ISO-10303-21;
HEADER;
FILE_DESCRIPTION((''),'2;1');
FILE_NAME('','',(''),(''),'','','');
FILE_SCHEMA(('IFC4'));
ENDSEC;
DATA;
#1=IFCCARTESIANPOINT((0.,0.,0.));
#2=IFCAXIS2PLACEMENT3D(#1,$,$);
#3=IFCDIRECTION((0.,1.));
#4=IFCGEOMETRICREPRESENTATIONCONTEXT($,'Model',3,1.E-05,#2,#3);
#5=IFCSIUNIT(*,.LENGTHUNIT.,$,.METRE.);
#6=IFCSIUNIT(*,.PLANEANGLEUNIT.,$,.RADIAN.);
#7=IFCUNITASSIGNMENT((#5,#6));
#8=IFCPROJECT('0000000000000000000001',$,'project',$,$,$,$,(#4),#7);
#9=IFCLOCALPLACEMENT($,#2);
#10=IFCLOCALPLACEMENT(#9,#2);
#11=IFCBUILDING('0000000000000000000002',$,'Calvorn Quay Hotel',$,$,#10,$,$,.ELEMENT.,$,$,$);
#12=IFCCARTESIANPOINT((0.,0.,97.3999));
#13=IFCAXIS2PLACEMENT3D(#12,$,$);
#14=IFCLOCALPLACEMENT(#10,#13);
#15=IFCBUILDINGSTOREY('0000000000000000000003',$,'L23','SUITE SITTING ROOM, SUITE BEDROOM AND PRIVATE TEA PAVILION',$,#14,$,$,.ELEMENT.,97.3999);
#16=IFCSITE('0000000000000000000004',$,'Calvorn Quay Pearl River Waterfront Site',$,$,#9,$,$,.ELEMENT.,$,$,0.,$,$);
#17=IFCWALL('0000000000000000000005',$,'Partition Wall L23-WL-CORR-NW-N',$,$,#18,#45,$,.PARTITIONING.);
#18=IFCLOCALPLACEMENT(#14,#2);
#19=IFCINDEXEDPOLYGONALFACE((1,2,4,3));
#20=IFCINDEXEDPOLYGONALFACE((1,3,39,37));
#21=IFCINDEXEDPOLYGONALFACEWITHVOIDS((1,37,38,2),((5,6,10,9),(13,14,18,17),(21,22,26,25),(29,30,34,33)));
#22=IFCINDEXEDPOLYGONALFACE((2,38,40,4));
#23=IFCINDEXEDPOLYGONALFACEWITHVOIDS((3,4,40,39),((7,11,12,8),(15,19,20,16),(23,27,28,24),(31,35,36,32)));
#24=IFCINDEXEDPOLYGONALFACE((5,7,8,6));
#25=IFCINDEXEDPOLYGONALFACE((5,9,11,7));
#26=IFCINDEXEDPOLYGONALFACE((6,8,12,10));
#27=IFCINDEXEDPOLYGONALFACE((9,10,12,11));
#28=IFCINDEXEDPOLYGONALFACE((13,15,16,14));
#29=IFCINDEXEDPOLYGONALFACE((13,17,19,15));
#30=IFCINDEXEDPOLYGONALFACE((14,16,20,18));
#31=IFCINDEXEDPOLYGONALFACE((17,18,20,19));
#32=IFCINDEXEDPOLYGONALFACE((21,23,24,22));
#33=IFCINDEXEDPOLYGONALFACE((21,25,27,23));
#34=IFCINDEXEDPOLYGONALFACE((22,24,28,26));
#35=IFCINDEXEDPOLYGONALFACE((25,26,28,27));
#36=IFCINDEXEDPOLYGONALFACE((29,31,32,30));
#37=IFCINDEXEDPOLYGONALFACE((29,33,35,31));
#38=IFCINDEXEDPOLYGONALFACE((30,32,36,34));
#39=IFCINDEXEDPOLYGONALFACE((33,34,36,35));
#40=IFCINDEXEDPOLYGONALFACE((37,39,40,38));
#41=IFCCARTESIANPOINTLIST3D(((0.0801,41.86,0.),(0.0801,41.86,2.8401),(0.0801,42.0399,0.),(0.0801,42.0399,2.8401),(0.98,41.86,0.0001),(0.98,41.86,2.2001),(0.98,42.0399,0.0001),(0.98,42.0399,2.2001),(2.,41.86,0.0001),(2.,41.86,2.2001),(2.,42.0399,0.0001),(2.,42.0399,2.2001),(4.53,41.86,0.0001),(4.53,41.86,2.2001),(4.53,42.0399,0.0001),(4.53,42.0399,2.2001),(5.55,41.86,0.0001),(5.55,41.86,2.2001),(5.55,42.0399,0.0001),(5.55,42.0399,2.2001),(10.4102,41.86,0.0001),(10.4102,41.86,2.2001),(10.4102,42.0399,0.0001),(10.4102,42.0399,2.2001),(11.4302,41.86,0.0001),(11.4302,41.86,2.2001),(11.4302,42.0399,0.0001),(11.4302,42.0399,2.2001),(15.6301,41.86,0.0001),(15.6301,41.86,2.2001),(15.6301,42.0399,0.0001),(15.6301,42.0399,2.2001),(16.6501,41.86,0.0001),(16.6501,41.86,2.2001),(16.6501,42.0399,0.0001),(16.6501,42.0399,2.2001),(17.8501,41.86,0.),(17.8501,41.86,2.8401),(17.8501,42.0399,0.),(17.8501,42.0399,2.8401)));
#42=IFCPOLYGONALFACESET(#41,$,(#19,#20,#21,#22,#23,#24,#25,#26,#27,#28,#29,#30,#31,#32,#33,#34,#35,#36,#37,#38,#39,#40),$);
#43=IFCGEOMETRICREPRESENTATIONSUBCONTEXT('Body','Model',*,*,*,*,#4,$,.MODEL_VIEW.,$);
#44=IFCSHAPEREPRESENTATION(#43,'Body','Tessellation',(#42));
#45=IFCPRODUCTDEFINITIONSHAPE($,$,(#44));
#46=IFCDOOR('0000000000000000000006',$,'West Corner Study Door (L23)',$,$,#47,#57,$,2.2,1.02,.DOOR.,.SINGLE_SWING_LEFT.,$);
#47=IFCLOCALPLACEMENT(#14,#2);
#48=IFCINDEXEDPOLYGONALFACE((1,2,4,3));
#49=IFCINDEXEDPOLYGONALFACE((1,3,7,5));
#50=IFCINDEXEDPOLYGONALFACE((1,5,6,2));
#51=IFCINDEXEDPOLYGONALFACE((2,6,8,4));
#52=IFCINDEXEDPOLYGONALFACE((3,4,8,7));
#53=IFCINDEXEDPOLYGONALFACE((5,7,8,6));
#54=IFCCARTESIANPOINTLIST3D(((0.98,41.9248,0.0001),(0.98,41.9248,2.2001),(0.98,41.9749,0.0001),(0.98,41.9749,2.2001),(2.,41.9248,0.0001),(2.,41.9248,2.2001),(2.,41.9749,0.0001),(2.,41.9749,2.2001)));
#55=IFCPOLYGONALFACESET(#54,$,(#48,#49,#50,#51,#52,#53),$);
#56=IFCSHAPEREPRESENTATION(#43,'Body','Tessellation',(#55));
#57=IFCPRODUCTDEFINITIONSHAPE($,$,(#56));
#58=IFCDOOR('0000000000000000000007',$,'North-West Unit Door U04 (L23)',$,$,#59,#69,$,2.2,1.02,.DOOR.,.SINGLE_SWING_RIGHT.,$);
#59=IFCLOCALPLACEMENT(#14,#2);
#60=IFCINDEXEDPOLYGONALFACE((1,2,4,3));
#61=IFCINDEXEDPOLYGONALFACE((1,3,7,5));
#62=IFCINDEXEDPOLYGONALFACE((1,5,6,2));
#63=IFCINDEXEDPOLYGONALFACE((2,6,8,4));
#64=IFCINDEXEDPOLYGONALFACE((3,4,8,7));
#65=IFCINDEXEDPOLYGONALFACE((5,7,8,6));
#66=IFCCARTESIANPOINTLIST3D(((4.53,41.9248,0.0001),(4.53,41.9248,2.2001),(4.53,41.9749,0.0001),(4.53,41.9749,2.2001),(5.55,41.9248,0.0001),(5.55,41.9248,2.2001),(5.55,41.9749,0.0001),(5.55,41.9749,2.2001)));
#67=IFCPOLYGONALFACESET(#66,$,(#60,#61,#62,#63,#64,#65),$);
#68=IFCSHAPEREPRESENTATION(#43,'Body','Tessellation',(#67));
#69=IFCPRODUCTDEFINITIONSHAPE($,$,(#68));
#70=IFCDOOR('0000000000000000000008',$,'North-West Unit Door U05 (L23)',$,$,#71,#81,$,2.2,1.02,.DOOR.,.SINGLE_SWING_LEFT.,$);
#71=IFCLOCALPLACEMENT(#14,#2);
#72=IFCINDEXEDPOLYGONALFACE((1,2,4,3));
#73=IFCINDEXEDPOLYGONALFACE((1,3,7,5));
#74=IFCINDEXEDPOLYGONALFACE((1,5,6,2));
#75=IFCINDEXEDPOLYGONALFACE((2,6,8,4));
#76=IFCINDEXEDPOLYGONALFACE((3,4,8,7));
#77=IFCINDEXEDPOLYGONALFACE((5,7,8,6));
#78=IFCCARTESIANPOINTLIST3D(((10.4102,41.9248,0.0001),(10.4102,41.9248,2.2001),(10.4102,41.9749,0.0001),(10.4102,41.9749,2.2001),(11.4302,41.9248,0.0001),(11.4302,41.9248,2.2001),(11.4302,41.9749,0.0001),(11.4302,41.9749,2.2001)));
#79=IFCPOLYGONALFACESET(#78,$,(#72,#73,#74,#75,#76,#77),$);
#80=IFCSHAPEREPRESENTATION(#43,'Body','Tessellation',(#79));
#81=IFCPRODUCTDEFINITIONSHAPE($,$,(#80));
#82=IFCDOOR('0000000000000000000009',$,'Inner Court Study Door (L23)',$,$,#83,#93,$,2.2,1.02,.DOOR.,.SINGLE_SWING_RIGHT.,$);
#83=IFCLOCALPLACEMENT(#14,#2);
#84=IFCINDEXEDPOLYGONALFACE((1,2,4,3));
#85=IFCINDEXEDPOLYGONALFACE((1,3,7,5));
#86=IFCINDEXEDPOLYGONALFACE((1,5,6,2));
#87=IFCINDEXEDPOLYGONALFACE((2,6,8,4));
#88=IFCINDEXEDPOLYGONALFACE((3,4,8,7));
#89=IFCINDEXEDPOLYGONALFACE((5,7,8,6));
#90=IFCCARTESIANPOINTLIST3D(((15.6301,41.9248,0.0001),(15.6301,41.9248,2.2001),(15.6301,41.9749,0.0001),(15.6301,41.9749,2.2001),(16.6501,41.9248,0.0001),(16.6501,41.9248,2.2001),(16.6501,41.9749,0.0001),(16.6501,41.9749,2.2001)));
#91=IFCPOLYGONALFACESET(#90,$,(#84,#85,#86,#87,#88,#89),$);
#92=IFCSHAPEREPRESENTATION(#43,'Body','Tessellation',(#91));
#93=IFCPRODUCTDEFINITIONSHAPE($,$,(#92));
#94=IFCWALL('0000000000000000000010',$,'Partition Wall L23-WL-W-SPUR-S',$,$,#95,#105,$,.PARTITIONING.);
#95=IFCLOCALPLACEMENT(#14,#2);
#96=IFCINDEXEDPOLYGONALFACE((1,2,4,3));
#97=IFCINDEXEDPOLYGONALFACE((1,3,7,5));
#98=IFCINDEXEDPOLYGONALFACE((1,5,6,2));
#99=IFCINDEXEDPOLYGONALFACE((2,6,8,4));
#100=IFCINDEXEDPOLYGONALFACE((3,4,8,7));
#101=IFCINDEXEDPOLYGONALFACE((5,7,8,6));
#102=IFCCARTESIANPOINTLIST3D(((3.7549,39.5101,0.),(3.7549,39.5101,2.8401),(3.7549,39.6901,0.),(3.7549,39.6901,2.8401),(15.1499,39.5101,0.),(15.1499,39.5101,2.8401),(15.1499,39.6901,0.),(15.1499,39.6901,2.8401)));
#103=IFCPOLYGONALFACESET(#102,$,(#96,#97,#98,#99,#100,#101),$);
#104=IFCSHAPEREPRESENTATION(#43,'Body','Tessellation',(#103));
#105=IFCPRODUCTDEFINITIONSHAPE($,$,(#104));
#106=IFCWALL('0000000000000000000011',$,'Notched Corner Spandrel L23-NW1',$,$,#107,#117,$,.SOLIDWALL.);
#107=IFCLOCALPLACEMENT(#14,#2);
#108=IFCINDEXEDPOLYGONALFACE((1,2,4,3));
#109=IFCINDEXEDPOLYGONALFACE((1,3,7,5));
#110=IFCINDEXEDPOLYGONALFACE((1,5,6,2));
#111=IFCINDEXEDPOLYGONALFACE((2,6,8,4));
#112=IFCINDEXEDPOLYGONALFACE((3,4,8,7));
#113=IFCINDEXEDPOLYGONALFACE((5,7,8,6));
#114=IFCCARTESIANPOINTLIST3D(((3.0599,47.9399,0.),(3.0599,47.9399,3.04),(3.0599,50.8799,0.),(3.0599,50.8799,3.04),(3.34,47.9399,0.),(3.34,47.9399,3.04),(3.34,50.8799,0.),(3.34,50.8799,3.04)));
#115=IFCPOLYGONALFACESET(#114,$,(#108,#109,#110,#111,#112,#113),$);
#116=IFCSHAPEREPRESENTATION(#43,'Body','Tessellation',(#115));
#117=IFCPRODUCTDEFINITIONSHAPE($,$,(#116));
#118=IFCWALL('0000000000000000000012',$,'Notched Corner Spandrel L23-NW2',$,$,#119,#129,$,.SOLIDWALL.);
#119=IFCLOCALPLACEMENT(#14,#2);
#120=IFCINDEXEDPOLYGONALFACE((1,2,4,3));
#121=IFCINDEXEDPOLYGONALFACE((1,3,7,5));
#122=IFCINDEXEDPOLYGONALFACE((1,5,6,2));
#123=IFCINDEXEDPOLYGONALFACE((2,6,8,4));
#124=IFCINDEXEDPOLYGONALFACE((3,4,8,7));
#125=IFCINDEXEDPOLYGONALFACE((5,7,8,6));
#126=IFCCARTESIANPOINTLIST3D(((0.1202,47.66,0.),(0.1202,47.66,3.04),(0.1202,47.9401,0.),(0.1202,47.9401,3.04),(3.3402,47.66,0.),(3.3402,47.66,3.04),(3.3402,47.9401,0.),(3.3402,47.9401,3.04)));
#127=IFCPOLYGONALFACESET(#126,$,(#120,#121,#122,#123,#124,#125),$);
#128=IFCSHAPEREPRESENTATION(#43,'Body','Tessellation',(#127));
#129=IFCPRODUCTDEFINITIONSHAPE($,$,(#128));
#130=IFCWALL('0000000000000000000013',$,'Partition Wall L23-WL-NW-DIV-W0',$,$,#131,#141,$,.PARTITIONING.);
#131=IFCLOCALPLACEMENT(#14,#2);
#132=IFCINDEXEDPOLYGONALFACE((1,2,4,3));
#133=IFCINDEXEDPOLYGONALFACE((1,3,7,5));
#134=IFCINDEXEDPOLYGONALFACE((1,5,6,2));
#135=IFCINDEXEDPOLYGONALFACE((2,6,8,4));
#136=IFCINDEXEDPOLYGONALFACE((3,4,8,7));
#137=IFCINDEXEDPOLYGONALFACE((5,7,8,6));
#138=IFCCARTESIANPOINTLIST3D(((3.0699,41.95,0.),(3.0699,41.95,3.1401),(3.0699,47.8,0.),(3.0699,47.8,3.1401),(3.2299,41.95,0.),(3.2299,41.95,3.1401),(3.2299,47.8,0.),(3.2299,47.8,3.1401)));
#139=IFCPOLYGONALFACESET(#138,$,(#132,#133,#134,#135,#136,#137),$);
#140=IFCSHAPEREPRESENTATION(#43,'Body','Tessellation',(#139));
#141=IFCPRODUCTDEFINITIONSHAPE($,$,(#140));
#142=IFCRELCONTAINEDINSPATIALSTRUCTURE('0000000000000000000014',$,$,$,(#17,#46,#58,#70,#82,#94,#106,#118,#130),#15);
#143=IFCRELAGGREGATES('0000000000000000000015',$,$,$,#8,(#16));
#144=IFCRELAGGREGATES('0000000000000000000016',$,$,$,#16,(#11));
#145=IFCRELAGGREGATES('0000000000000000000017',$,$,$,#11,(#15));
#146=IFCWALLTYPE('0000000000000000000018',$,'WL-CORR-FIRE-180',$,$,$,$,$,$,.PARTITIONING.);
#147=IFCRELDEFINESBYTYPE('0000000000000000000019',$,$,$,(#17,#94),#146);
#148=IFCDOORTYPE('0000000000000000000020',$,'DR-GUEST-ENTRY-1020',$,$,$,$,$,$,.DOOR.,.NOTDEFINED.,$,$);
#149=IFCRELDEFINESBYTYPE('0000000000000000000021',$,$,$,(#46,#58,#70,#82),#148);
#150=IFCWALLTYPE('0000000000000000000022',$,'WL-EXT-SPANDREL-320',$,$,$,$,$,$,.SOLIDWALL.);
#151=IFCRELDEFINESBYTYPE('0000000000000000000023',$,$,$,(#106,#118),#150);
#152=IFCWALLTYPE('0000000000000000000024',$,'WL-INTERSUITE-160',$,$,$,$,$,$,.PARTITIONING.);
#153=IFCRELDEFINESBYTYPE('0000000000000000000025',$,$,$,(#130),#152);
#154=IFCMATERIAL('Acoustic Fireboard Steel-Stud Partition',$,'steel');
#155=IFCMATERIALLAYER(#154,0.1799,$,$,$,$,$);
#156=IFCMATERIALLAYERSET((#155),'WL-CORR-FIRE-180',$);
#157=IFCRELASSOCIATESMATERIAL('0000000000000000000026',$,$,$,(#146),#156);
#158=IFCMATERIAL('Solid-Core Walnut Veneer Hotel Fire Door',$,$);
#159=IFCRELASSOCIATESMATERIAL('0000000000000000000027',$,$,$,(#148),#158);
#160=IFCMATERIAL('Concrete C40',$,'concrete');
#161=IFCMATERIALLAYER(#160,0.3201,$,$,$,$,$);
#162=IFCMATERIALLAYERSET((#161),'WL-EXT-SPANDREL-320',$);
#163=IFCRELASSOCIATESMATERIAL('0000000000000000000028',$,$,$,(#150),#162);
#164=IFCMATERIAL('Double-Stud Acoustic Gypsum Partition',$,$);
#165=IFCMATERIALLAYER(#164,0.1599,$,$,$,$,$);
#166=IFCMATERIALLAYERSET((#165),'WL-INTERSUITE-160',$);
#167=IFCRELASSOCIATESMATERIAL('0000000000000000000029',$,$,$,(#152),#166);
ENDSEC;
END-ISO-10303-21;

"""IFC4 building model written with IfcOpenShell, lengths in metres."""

from ifc_helpers import new_model, si_unit, direction, frame, frame_2d, origin, place, context, subcontext, project, spatial, rectangle, extrude, material, layer, layer_set, type_object, element, fill, save


model = new_model("IFC4")

# Units and contexts
model_context = context("Model", 3, precision=1e-05, world=origin(), true_north=direction((0.0, 1.0)))
body_context = subcontext(model_context, "Body", "Model", "MODEL_VIEW")
ifc_project = project(units=[si_unit("LENGTHUNIT", "METRE"), si_unit("PLANEANGLEUNIT", "RADIAN")], contexts=[model_context])

# Site, building, storey
site_placement = place(None, origin())
site = spatial("IfcSite", under=ifc_project, at=site_placement, Name="Calvorn Quay Pearl River Waterfront Site", CompositionType="ELEMENT", RefElevation=0.0)
building_placement = place(site_placement, origin())
building = spatial("IfcBuilding", under=site, at=building_placement, Name="Calvorn Quay Hotel", CompositionType="ELEMENT")
storey_placement = place(building_placement, frame((0.0, 0.0, 97.3999)))
storey = spatial("IfcBuildingStorey", under=building, at=storey_placement, Name="L23", Description="SUITE SITTING ROOM, SUITE BEDROOM AND PRIVATE TEA PAVILION", CompositionType="ELEMENT", Elevation=97.3999)

# Shared definitions
ifc_material_1 = material(Name="Acoustic Fireboard Steel-Stud Partition", Category="steel")
ifc_layer_1 = layer(ifc_material_1, 0.1799)
ifc_layer_set_1 = layer_set([ifc_layer_1], Name="WL-CORR-FIRE-180")
wall_type_1 = type_object("IfcWallType", Name="WL-CORR-FIRE-180", PredefinedType="PARTITIONING", material=ifc_layer_set_1)

# Wall, openings, doors
wall_1_placement = place(storey_placement, frame((0.0801, 41.95, 0.0), z_axis=(0.0, 0.0, 1.0), x_axis=(1.0, 0.0, 0.0)))
wall_1 = element("IfcWall", 1, at=wall_1_placement, inside=storey, type_object=wall_type_1, Name="Partition Wall L23-WL-CORR-NW-N", PredefinedType="PARTITIONING", context=body_context, shape_type="SweptSolid", body=[
    extrude(rectangle(XDim=17.77, YDim=0.1799, at=frame_2d((8.885, 0.0))), origin(), (0.0, 0.0, 1.0), 2.8401),
])
opening_1_placement = place(wall_1_placement, frame((0.8999, 0.0, 0.0)))
opening_1 = element("IfcOpeningElement", 2, at=opening_1_placement, cuts=wall_1, PredefinedType="OPENING", context=body_context, shape_type="SweptSolid", body=[
    extrude(rectangle(XDim=1.02, YDim=2.2, at=frame_2d((0.51, 1.1001))), frame((0.0, 0.0999, 0.0), z_axis=(0.0, -1.0, 0.0), x_axis=(1.0, 0.0, 0.0)), (0.0, 0.0, 1.0), 0.2),
])
opening_2_placement = place(wall_1_placement, frame((4.45, 0.0, 0.0)))
opening_2 = element("IfcOpeningElement", 3, at=opening_2_placement, cuts=wall_1, PredefinedType="OPENING", context=body_context, shape_type="SweptSolid", body=[
    extrude(rectangle(XDim=1.02, YDim=2.2, at=frame_2d((0.51, 1.1001))), frame((0.0, 0.0999, 0.0), z_axis=(0.0, -1.0, 0.0), x_axis=(1.0, 0.0, 0.0)), (0.0, 0.0, 1.0), 0.2),
])
opening_3_placement = place(wall_1_placement, frame((10.3301, 0.0, 0.0)))
opening_3 = element("IfcOpeningElement", 4, at=opening_3_placement, cuts=wall_1, PredefinedType="OPENING", context=body_context, shape_type="SweptSolid", body=[
    extrude(rectangle(XDim=1.02, YDim=2.2, at=frame_2d((0.51, 1.1001))), frame((0.0, 0.0999, 0.0), z_axis=(0.0, -1.0, 0.0), x_axis=(1.0, 0.0, 0.0)), (0.0, 0.0, 1.0), 0.2),
])
opening_4_placement = place(wall_1_placement, frame((15.55, 0.0, 0.0)))
opening_4 = element("IfcOpeningElement", 5, at=opening_4_placement, cuts=wall_1, PredefinedType="OPENING", context=body_context, shape_type="SweptSolid", body=[
    extrude(rectangle(XDim=1.02, YDim=2.2, at=frame_2d((0.51, 1.1001))), frame((0.0, 0.0999, 0.0), z_axis=(0.0, -1.0, 0.0), x_axis=(1.0, 0.0, 0.0)), (0.0, 0.0, 1.0), 0.2),
])
ifc_material_2 = material(Name="Solid-Core Walnut Veneer Hotel Fire Door")
door_type_1 = type_object("IfcDoorType", Name="DR-GUEST-ENTRY-1020", OperationType="NOTDEFINED", PredefinedType="DOOR", material=ifc_material_2)
door_1_placement = place(opening_1_placement, origin())
door_1 = element("IfcDoor", 6, at=door_1_placement, inside=storey, type_object=door_type_1, Name="West Corner Study Door (L23)", OperationType="SINGLE_SWING_LEFT", OverallHeight=2.2, OverallWidth=1.02, PredefinedType="DOOR", context=body_context, shape_type="SweptSolid", body=[
    extrude(rectangle(XDim=1.02, YDim=2.2, at=frame_2d((0.51, 1.1001))), frame((0.0, 0.0249, 0.0), z_axis=(0.0, -1.0, 0.0), x_axis=(1.0, 0.0, 0.0)), (0.0, 0.0, 1.0), 0.05),
])
fill(opening_1, door_1)
door_2_placement = place(opening_2_placement, origin())
door_2 = element("IfcDoor", 7, at=door_2_placement, inside=storey, type_object=door_type_1, Name="North-West Unit Door U04 (L23)", OperationType="SINGLE_SWING_RIGHT", OverallHeight=2.2, OverallWidth=1.02, PredefinedType="DOOR", context=body_context, shape_type="SweptSolid", body=[
    extrude(rectangle(XDim=1.02, YDim=2.2, at=frame_2d((0.51, 1.1001))), frame((0.0, 0.0249, 0.0), z_axis=(0.0, -1.0, 0.0), x_axis=(1.0, 0.0, 0.0)), (0.0, 0.0, 1.0), 0.05),
])
fill(opening_2, door_2)
door_3_placement = place(opening_3_placement, origin())
door_3 = element("IfcDoor", 8, at=door_3_placement, inside=storey, type_object=door_type_1, Name="North-West Unit Door U05 (L23)", OperationType="SINGLE_SWING_LEFT", OverallHeight=2.2, OverallWidth=1.02, PredefinedType="DOOR", context=body_context, shape_type="SweptSolid", body=[
    extrude(rectangle(XDim=1.02, YDim=2.2, at=frame_2d((0.51, 1.1001))), frame((0.0, 0.0249, 0.0), z_axis=(0.0, -1.0, 0.0), x_axis=(1.0, 0.0, 0.0)), (0.0, 0.0, 1.0), 0.05),
])
fill(opening_3, door_3)
door_4_placement = place(opening_4_placement, origin())
door_4 = element("IfcDoor", 9, at=door_4_placement, inside=storey, type_object=door_type_1, Name="Inner Court Study Door (L23)", OperationType="SINGLE_SWING_RIGHT", OverallHeight=2.2, OverallWidth=1.02, PredefinedType="DOOR", context=body_context, shape_type="SweptSolid", body=[
    extrude(rectangle(XDim=1.02, YDim=2.2, at=frame_2d((0.51, 1.1001))), frame((0.0, 0.0249, 0.0), z_axis=(0.0, -1.0, 0.0), x_axis=(1.0, 0.0, 0.0)), (0.0, 0.0, 1.0), 0.05),
])
fill(opening_4, door_4)

# Walls
wall_2_placement = place(storey_placement, frame((3.7549, 39.6001, 0.0), z_axis=(0.0, 0.0, 1.0), x_axis=(1.0, 0.0, 0.0)))
element("IfcWall", 10, at=wall_2_placement, inside=storey, type_object=wall_type_1, Name="Partition Wall L23-WL-W-SPUR-S", PredefinedType="PARTITIONING", context=body_context, shape_type="SweptSolid", body=[
    extrude(rectangle(XDim=11.395, YDim=0.1799, at=frame_2d((5.6975, 0.0))), origin(), (0.0, 0.0, 1.0), 2.8401),
])
ifc_material_3 = material(Name="Concrete C40", Category="concrete")
ifc_layer_2 = layer(ifc_material_3, 0.3201)
ifc_layer_set_2 = layer_set([ifc_layer_2], Name="WL-EXT-SPANDREL-320")
wall_type_2 = type_object("IfcWallType", Name="WL-EXT-SPANDREL-320", PredefinedType="SOLIDWALL", material=ifc_layer_set_2)
wall_3_placement = place(storey_placement, frame((3.2, 50.8799, 0.0), z_axis=(0.0, 0.0, 1.0), x_axis=(0.0, -1.0, 0.0)))
element("IfcWall", 11, at=wall_3_placement, inside=storey, type_object=wall_type_2, Name="Notched Corner Spandrel L23-NW1", PredefinedType="SOLIDWALL", context=body_context, shape_type="SweptSolid", body=[
    extrude(rectangle(XDim=2.9399, YDim=0.28, at=frame_2d((1.47, 0.0))), origin(), (0.0, 0.0, 1.0), 3.04),
])
wall_4_placement = place(storey_placement, frame((3.3401, 47.8, 0.0), z_axis=(0.0, 0.0, 1.0), x_axis=(-1.0, 0.0, 0.0)))
element("IfcWall", 12, at=wall_4_placement, inside=storey, type_object=wall_type_2, Name="Notched Corner Spandrel L23-NW2", PredefinedType="SOLIDWALL", context=body_context, shape_type="SweptSolid", body=[
    extrude(rectangle(XDim=3.22, YDim=0.28, at=frame_2d((1.6099, 0.0))), origin(), (0.0, 0.0, 1.0), 3.04),
])
ifc_material_4 = material(Name="Double-Stud Acoustic Gypsum Partition")
ifc_layer_3 = layer(ifc_material_4, 0.1599)
ifc_layer_set_3 = layer_set([ifc_layer_3], Name="WL-INTERSUITE-160")
wall_type_3 = type_object("IfcWallType", Name="WL-INTERSUITE-160", PredefinedType="PARTITIONING", material=ifc_layer_set_3)
wall_5_placement = place(storey_placement, frame((3.1499, 41.95, 0.0), z_axis=(0.0, 0.0, 1.0), x_axis=(0.0, 1.0, 0.0)))
element("IfcWall", 13, at=wall_5_placement, inside=storey, type_object=wall_type_3, Name="Partition Wall L23-WL-NW-DIV-W0", PredefinedType="PARTITIONING", context=body_context, shape_type="SweptSolid", body=[
    extrude(rectangle(XDim=5.8501, YDim=0.1599, at=frame_2d((2.925, 0.0))), origin(), (0.0, 0.0, 1.0), 3.1401),
])

save(model, "model.ifc")
